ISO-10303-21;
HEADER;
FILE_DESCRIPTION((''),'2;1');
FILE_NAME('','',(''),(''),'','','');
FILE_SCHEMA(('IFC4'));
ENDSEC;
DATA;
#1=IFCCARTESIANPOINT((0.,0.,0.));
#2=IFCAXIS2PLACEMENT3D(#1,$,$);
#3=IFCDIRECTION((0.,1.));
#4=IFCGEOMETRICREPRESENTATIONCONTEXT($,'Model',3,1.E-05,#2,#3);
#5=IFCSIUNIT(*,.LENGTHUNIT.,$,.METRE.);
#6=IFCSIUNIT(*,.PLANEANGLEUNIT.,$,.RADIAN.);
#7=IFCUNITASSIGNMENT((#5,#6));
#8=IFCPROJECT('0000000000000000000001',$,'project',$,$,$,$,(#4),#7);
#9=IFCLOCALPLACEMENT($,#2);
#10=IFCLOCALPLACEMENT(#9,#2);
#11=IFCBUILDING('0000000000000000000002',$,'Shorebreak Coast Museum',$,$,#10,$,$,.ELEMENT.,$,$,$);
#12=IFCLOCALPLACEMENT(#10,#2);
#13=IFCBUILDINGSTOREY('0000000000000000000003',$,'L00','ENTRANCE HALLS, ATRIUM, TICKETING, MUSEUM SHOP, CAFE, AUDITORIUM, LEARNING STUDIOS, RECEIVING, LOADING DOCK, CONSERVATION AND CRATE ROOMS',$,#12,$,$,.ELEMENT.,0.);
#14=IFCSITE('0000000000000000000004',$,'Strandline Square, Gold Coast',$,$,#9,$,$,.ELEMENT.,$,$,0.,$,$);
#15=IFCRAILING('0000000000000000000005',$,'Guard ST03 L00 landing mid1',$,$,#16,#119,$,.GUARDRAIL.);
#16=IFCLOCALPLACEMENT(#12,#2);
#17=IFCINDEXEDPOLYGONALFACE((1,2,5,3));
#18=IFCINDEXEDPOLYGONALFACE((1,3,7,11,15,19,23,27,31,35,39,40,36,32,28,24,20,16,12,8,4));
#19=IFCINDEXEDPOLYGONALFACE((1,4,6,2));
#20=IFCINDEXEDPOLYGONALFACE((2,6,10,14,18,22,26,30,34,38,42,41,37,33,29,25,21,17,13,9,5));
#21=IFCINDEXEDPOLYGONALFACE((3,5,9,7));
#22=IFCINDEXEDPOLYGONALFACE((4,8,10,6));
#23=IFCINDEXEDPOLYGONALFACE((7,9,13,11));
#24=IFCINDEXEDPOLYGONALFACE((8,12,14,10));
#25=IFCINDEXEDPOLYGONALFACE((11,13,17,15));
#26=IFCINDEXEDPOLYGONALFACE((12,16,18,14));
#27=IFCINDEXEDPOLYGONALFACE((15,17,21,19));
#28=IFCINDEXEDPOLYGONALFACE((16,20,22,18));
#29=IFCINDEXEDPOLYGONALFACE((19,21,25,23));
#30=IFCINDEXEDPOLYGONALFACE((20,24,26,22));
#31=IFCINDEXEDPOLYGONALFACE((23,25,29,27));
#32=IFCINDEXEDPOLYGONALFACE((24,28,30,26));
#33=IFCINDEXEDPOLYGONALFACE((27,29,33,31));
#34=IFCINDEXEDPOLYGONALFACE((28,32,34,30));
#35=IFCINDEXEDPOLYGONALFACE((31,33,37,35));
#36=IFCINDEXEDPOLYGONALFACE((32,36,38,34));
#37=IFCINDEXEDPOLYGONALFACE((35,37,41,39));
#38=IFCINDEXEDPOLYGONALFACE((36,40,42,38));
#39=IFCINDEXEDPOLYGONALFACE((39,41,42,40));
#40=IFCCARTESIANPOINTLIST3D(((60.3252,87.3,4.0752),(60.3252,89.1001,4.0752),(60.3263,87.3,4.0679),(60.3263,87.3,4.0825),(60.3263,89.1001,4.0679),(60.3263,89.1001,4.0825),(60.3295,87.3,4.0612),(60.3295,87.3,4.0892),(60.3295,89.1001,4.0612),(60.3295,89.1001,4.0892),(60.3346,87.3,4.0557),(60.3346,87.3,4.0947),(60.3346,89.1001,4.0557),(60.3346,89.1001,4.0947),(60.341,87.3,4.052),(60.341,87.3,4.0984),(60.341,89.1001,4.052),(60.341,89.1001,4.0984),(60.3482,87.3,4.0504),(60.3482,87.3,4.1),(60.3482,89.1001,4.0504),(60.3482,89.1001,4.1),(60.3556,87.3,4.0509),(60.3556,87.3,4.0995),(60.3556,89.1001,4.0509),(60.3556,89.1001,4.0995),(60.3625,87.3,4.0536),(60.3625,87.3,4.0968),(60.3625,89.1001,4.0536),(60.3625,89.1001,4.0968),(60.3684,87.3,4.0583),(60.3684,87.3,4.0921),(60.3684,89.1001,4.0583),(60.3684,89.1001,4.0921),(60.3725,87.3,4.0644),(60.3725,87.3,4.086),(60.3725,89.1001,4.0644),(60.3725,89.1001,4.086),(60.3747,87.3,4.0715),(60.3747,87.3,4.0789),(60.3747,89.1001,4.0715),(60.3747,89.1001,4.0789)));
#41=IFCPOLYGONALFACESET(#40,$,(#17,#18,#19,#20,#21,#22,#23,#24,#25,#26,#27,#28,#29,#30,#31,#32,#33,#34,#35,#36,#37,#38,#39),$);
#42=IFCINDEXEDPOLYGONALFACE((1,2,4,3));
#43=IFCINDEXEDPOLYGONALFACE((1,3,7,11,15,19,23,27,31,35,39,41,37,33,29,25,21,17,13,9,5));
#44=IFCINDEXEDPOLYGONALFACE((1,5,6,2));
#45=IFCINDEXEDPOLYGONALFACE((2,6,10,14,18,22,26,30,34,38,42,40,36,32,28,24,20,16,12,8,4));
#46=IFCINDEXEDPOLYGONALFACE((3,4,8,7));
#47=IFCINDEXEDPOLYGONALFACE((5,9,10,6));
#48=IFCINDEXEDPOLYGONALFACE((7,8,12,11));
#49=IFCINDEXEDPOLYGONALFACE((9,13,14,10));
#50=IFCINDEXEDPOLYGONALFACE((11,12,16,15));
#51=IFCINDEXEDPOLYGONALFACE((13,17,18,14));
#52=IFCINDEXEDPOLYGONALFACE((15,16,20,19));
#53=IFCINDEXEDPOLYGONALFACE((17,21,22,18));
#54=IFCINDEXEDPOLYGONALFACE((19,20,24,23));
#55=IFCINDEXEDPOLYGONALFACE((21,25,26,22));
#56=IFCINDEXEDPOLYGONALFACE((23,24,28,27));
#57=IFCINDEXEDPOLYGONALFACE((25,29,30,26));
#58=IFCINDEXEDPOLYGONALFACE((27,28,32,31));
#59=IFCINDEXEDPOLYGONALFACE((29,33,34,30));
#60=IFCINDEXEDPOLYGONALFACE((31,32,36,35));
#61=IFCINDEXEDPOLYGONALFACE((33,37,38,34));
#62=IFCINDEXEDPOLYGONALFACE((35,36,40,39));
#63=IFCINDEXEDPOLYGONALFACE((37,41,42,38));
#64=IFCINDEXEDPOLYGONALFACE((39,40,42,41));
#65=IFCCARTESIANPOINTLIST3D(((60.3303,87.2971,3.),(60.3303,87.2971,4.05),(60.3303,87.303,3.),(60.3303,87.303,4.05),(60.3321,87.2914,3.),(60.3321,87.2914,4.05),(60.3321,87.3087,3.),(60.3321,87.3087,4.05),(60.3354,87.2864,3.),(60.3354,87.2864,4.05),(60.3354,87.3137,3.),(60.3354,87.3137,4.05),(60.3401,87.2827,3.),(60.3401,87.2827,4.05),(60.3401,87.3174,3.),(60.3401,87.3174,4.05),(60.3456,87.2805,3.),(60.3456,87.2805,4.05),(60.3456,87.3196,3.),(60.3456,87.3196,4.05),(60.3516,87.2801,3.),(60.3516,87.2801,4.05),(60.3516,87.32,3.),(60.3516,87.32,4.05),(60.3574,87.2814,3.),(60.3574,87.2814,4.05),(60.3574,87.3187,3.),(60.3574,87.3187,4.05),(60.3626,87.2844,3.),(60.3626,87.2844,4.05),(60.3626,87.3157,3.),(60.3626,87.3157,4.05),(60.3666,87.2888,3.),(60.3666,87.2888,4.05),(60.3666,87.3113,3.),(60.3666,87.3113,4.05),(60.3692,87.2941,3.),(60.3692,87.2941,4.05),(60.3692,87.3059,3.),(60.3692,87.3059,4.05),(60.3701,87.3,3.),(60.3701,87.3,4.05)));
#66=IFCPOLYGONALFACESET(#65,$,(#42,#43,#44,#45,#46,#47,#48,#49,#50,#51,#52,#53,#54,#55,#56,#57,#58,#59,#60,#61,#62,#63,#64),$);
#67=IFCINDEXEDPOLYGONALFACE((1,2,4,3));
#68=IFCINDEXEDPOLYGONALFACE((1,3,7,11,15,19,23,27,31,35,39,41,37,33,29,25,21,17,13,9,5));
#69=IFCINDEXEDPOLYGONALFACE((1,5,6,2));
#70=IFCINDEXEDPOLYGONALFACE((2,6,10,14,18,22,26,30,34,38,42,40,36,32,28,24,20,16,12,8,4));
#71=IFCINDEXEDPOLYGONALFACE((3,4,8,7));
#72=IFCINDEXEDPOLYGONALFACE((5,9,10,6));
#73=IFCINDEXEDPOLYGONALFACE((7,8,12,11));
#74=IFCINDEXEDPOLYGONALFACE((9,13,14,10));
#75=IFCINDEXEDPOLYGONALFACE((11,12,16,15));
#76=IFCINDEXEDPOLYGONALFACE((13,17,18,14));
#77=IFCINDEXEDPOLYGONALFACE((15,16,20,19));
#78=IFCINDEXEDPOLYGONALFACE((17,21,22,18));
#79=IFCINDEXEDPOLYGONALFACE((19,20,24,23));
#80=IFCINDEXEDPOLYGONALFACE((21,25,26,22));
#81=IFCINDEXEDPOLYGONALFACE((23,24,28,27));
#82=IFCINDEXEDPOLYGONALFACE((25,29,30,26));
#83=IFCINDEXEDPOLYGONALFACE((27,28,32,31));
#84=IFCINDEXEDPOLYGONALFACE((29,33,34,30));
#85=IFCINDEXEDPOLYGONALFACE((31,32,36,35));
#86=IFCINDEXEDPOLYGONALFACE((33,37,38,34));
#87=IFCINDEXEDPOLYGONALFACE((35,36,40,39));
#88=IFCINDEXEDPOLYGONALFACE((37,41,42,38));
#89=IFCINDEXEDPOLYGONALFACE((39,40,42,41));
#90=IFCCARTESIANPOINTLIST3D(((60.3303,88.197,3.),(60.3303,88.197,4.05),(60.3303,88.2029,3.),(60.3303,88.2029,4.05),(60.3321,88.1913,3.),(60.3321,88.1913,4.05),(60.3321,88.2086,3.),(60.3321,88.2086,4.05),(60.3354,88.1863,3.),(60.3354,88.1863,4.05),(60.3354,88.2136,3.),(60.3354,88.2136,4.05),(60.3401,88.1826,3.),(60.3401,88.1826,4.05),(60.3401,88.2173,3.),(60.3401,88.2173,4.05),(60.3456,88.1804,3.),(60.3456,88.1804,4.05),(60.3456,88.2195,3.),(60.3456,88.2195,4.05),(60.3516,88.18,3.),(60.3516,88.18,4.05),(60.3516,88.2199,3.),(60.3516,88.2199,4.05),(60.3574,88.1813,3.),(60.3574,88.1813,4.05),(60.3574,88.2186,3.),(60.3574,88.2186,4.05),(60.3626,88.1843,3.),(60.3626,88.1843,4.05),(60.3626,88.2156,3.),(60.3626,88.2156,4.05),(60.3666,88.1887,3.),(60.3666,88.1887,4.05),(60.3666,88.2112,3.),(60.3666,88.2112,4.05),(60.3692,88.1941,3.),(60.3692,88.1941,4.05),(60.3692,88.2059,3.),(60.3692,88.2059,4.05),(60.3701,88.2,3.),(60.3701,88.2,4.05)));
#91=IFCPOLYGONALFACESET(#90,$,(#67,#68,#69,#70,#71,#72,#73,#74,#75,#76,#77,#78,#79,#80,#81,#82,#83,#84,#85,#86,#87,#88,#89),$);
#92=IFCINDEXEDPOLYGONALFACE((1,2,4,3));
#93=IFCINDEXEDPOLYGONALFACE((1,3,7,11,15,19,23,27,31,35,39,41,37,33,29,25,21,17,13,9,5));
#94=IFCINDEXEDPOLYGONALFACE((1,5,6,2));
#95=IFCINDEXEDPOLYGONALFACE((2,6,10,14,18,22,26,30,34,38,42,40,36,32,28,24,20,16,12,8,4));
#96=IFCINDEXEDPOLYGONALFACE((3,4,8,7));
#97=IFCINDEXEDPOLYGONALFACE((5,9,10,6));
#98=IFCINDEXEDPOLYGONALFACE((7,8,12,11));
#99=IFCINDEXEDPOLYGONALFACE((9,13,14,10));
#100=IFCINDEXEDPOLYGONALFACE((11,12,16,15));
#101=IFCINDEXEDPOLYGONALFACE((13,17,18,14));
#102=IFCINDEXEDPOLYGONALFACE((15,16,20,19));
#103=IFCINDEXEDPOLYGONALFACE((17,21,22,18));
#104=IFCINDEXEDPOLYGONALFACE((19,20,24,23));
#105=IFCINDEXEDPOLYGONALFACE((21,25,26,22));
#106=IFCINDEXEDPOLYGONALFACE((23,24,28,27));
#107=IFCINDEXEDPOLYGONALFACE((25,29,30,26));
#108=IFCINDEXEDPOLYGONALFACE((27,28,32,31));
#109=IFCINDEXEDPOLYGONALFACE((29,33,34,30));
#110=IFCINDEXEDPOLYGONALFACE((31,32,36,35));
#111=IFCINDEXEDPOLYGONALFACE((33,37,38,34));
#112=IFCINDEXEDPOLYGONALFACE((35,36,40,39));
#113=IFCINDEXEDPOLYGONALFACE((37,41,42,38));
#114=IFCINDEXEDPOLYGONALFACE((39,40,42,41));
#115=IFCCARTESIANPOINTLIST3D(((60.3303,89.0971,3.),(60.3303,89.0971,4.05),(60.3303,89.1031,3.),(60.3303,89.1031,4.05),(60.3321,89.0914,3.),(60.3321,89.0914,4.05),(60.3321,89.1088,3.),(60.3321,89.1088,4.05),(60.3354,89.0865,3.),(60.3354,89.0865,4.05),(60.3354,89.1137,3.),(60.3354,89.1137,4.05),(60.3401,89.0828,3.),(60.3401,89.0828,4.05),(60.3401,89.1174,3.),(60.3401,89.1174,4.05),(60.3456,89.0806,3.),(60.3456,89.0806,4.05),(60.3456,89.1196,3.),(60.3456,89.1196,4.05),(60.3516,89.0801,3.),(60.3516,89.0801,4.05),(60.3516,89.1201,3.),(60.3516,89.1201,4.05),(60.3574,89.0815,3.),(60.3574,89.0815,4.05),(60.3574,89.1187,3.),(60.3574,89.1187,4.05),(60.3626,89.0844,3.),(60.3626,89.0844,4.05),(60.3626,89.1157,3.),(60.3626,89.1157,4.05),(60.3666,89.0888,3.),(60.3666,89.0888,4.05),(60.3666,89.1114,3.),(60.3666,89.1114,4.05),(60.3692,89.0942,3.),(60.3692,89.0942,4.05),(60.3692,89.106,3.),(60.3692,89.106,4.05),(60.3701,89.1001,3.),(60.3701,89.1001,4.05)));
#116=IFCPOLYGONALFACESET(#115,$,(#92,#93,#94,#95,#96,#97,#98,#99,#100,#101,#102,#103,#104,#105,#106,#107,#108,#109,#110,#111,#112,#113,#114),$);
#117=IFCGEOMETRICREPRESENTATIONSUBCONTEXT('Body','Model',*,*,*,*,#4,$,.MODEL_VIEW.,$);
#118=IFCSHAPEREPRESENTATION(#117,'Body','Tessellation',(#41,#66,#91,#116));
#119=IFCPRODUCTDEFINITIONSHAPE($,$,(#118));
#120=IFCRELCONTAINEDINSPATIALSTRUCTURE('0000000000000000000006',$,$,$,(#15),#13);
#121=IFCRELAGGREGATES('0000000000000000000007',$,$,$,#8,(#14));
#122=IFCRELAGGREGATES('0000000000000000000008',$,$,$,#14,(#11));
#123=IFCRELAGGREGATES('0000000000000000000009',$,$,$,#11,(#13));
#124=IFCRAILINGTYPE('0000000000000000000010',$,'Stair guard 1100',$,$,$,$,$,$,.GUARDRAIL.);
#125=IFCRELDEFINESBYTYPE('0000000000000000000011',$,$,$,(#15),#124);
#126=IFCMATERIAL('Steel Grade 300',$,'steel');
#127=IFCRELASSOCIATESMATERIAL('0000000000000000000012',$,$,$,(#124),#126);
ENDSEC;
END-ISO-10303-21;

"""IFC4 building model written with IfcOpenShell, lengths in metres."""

from ifc_helpers import new_model, si_unit, direction, frame, origin, origin_2d, place, context, subcontext, project, spatial, circle, extrude, material, type_object, element, save


model = new_model("IFC4")

# Units and contexts
model_context = context("Model", 3, precision=1e-05, world=origin(), true_north=direction((0.0, 1.0)))
body_context = subcontext(model_context, "Body", "Model", "MODEL_VIEW")
ifc_project = project(units=[si_unit("LENGTHUNIT", "METRE"), si_unit("PLANEANGLEUNIT", "RADIAN")], contexts=[model_context])

# Site, building, storey
site_placement = place(None, origin())
site = spatial("IfcSite", under=ifc_project, at=site_placement, Name="Strandline Square, Gold Coast", CompositionType="ELEMENT", RefElevation=0.0)
building_placement = place(site_placement, origin())
building = spatial("IfcBuilding", under=site, at=building_placement, Name="Shorebreak Coast Museum", CompositionType="ELEMENT")
storey_placement = place(building_placement, origin())
storey = spatial("IfcBuildingStorey", under=building, at=storey_placement, Name="L00", Description="ENTRANCE HALLS, ATRIUM, TICKETING, MUSEUM SHOP, CAFE, AUDITORIUM, LEARNING STUDIOS, RECEIVING, LOADING DOCK, CONSERVATION AND CRATE ROOMS", CompositionType="ELEMENT", Elevation=0.0)

# Railing
ifc_material_1 = material(Name="Steel Grade 300", Category="steel")
railing_type_1 = type_object("IfcRailingType", Name="Stair guard 1100", PredefinedType="GUARDRAIL", material=ifc_material_1)
for number, where, name in (
    (1, (60.3501, 87.3, 3.0), "Guard ST03 L00 landing mid1"),
):
    element("IfcRailing", number, at=place(storey_placement, frame(where)), inside=storey, type_object=railing_type_1, Name=name, PredefinedType="GUARDRAIL", context=body_context, shape_type="SweptSolid", body=[
        extrude(circle(Radius=0.0249, at=origin_2d()), frame((0.0, 0.0, 1.0752), z_axis=(0.0, 1.0, 0.0), x_axis=(-1.0, 0.0, 0.0)), (0.0, 0.0, 1.0), 1.8),
        extrude(circle(Radius=0.02, at=origin_2d()), origin(), (0.0, 0.0, 1.0), 1.05),
        extrude(circle(Radius=0.02, at=origin_2d()), frame((0.0, 0.8999, 0.0)), (0.0, 0.0, 1.0), 1.05),
        extrude(circle(Radius=0.02, at=origin_2d()), frame((0.0, 1.8, 0.0)), (0.0, 0.0, 1.0), 1.05),
    ])

save(model, "model.ifc")
